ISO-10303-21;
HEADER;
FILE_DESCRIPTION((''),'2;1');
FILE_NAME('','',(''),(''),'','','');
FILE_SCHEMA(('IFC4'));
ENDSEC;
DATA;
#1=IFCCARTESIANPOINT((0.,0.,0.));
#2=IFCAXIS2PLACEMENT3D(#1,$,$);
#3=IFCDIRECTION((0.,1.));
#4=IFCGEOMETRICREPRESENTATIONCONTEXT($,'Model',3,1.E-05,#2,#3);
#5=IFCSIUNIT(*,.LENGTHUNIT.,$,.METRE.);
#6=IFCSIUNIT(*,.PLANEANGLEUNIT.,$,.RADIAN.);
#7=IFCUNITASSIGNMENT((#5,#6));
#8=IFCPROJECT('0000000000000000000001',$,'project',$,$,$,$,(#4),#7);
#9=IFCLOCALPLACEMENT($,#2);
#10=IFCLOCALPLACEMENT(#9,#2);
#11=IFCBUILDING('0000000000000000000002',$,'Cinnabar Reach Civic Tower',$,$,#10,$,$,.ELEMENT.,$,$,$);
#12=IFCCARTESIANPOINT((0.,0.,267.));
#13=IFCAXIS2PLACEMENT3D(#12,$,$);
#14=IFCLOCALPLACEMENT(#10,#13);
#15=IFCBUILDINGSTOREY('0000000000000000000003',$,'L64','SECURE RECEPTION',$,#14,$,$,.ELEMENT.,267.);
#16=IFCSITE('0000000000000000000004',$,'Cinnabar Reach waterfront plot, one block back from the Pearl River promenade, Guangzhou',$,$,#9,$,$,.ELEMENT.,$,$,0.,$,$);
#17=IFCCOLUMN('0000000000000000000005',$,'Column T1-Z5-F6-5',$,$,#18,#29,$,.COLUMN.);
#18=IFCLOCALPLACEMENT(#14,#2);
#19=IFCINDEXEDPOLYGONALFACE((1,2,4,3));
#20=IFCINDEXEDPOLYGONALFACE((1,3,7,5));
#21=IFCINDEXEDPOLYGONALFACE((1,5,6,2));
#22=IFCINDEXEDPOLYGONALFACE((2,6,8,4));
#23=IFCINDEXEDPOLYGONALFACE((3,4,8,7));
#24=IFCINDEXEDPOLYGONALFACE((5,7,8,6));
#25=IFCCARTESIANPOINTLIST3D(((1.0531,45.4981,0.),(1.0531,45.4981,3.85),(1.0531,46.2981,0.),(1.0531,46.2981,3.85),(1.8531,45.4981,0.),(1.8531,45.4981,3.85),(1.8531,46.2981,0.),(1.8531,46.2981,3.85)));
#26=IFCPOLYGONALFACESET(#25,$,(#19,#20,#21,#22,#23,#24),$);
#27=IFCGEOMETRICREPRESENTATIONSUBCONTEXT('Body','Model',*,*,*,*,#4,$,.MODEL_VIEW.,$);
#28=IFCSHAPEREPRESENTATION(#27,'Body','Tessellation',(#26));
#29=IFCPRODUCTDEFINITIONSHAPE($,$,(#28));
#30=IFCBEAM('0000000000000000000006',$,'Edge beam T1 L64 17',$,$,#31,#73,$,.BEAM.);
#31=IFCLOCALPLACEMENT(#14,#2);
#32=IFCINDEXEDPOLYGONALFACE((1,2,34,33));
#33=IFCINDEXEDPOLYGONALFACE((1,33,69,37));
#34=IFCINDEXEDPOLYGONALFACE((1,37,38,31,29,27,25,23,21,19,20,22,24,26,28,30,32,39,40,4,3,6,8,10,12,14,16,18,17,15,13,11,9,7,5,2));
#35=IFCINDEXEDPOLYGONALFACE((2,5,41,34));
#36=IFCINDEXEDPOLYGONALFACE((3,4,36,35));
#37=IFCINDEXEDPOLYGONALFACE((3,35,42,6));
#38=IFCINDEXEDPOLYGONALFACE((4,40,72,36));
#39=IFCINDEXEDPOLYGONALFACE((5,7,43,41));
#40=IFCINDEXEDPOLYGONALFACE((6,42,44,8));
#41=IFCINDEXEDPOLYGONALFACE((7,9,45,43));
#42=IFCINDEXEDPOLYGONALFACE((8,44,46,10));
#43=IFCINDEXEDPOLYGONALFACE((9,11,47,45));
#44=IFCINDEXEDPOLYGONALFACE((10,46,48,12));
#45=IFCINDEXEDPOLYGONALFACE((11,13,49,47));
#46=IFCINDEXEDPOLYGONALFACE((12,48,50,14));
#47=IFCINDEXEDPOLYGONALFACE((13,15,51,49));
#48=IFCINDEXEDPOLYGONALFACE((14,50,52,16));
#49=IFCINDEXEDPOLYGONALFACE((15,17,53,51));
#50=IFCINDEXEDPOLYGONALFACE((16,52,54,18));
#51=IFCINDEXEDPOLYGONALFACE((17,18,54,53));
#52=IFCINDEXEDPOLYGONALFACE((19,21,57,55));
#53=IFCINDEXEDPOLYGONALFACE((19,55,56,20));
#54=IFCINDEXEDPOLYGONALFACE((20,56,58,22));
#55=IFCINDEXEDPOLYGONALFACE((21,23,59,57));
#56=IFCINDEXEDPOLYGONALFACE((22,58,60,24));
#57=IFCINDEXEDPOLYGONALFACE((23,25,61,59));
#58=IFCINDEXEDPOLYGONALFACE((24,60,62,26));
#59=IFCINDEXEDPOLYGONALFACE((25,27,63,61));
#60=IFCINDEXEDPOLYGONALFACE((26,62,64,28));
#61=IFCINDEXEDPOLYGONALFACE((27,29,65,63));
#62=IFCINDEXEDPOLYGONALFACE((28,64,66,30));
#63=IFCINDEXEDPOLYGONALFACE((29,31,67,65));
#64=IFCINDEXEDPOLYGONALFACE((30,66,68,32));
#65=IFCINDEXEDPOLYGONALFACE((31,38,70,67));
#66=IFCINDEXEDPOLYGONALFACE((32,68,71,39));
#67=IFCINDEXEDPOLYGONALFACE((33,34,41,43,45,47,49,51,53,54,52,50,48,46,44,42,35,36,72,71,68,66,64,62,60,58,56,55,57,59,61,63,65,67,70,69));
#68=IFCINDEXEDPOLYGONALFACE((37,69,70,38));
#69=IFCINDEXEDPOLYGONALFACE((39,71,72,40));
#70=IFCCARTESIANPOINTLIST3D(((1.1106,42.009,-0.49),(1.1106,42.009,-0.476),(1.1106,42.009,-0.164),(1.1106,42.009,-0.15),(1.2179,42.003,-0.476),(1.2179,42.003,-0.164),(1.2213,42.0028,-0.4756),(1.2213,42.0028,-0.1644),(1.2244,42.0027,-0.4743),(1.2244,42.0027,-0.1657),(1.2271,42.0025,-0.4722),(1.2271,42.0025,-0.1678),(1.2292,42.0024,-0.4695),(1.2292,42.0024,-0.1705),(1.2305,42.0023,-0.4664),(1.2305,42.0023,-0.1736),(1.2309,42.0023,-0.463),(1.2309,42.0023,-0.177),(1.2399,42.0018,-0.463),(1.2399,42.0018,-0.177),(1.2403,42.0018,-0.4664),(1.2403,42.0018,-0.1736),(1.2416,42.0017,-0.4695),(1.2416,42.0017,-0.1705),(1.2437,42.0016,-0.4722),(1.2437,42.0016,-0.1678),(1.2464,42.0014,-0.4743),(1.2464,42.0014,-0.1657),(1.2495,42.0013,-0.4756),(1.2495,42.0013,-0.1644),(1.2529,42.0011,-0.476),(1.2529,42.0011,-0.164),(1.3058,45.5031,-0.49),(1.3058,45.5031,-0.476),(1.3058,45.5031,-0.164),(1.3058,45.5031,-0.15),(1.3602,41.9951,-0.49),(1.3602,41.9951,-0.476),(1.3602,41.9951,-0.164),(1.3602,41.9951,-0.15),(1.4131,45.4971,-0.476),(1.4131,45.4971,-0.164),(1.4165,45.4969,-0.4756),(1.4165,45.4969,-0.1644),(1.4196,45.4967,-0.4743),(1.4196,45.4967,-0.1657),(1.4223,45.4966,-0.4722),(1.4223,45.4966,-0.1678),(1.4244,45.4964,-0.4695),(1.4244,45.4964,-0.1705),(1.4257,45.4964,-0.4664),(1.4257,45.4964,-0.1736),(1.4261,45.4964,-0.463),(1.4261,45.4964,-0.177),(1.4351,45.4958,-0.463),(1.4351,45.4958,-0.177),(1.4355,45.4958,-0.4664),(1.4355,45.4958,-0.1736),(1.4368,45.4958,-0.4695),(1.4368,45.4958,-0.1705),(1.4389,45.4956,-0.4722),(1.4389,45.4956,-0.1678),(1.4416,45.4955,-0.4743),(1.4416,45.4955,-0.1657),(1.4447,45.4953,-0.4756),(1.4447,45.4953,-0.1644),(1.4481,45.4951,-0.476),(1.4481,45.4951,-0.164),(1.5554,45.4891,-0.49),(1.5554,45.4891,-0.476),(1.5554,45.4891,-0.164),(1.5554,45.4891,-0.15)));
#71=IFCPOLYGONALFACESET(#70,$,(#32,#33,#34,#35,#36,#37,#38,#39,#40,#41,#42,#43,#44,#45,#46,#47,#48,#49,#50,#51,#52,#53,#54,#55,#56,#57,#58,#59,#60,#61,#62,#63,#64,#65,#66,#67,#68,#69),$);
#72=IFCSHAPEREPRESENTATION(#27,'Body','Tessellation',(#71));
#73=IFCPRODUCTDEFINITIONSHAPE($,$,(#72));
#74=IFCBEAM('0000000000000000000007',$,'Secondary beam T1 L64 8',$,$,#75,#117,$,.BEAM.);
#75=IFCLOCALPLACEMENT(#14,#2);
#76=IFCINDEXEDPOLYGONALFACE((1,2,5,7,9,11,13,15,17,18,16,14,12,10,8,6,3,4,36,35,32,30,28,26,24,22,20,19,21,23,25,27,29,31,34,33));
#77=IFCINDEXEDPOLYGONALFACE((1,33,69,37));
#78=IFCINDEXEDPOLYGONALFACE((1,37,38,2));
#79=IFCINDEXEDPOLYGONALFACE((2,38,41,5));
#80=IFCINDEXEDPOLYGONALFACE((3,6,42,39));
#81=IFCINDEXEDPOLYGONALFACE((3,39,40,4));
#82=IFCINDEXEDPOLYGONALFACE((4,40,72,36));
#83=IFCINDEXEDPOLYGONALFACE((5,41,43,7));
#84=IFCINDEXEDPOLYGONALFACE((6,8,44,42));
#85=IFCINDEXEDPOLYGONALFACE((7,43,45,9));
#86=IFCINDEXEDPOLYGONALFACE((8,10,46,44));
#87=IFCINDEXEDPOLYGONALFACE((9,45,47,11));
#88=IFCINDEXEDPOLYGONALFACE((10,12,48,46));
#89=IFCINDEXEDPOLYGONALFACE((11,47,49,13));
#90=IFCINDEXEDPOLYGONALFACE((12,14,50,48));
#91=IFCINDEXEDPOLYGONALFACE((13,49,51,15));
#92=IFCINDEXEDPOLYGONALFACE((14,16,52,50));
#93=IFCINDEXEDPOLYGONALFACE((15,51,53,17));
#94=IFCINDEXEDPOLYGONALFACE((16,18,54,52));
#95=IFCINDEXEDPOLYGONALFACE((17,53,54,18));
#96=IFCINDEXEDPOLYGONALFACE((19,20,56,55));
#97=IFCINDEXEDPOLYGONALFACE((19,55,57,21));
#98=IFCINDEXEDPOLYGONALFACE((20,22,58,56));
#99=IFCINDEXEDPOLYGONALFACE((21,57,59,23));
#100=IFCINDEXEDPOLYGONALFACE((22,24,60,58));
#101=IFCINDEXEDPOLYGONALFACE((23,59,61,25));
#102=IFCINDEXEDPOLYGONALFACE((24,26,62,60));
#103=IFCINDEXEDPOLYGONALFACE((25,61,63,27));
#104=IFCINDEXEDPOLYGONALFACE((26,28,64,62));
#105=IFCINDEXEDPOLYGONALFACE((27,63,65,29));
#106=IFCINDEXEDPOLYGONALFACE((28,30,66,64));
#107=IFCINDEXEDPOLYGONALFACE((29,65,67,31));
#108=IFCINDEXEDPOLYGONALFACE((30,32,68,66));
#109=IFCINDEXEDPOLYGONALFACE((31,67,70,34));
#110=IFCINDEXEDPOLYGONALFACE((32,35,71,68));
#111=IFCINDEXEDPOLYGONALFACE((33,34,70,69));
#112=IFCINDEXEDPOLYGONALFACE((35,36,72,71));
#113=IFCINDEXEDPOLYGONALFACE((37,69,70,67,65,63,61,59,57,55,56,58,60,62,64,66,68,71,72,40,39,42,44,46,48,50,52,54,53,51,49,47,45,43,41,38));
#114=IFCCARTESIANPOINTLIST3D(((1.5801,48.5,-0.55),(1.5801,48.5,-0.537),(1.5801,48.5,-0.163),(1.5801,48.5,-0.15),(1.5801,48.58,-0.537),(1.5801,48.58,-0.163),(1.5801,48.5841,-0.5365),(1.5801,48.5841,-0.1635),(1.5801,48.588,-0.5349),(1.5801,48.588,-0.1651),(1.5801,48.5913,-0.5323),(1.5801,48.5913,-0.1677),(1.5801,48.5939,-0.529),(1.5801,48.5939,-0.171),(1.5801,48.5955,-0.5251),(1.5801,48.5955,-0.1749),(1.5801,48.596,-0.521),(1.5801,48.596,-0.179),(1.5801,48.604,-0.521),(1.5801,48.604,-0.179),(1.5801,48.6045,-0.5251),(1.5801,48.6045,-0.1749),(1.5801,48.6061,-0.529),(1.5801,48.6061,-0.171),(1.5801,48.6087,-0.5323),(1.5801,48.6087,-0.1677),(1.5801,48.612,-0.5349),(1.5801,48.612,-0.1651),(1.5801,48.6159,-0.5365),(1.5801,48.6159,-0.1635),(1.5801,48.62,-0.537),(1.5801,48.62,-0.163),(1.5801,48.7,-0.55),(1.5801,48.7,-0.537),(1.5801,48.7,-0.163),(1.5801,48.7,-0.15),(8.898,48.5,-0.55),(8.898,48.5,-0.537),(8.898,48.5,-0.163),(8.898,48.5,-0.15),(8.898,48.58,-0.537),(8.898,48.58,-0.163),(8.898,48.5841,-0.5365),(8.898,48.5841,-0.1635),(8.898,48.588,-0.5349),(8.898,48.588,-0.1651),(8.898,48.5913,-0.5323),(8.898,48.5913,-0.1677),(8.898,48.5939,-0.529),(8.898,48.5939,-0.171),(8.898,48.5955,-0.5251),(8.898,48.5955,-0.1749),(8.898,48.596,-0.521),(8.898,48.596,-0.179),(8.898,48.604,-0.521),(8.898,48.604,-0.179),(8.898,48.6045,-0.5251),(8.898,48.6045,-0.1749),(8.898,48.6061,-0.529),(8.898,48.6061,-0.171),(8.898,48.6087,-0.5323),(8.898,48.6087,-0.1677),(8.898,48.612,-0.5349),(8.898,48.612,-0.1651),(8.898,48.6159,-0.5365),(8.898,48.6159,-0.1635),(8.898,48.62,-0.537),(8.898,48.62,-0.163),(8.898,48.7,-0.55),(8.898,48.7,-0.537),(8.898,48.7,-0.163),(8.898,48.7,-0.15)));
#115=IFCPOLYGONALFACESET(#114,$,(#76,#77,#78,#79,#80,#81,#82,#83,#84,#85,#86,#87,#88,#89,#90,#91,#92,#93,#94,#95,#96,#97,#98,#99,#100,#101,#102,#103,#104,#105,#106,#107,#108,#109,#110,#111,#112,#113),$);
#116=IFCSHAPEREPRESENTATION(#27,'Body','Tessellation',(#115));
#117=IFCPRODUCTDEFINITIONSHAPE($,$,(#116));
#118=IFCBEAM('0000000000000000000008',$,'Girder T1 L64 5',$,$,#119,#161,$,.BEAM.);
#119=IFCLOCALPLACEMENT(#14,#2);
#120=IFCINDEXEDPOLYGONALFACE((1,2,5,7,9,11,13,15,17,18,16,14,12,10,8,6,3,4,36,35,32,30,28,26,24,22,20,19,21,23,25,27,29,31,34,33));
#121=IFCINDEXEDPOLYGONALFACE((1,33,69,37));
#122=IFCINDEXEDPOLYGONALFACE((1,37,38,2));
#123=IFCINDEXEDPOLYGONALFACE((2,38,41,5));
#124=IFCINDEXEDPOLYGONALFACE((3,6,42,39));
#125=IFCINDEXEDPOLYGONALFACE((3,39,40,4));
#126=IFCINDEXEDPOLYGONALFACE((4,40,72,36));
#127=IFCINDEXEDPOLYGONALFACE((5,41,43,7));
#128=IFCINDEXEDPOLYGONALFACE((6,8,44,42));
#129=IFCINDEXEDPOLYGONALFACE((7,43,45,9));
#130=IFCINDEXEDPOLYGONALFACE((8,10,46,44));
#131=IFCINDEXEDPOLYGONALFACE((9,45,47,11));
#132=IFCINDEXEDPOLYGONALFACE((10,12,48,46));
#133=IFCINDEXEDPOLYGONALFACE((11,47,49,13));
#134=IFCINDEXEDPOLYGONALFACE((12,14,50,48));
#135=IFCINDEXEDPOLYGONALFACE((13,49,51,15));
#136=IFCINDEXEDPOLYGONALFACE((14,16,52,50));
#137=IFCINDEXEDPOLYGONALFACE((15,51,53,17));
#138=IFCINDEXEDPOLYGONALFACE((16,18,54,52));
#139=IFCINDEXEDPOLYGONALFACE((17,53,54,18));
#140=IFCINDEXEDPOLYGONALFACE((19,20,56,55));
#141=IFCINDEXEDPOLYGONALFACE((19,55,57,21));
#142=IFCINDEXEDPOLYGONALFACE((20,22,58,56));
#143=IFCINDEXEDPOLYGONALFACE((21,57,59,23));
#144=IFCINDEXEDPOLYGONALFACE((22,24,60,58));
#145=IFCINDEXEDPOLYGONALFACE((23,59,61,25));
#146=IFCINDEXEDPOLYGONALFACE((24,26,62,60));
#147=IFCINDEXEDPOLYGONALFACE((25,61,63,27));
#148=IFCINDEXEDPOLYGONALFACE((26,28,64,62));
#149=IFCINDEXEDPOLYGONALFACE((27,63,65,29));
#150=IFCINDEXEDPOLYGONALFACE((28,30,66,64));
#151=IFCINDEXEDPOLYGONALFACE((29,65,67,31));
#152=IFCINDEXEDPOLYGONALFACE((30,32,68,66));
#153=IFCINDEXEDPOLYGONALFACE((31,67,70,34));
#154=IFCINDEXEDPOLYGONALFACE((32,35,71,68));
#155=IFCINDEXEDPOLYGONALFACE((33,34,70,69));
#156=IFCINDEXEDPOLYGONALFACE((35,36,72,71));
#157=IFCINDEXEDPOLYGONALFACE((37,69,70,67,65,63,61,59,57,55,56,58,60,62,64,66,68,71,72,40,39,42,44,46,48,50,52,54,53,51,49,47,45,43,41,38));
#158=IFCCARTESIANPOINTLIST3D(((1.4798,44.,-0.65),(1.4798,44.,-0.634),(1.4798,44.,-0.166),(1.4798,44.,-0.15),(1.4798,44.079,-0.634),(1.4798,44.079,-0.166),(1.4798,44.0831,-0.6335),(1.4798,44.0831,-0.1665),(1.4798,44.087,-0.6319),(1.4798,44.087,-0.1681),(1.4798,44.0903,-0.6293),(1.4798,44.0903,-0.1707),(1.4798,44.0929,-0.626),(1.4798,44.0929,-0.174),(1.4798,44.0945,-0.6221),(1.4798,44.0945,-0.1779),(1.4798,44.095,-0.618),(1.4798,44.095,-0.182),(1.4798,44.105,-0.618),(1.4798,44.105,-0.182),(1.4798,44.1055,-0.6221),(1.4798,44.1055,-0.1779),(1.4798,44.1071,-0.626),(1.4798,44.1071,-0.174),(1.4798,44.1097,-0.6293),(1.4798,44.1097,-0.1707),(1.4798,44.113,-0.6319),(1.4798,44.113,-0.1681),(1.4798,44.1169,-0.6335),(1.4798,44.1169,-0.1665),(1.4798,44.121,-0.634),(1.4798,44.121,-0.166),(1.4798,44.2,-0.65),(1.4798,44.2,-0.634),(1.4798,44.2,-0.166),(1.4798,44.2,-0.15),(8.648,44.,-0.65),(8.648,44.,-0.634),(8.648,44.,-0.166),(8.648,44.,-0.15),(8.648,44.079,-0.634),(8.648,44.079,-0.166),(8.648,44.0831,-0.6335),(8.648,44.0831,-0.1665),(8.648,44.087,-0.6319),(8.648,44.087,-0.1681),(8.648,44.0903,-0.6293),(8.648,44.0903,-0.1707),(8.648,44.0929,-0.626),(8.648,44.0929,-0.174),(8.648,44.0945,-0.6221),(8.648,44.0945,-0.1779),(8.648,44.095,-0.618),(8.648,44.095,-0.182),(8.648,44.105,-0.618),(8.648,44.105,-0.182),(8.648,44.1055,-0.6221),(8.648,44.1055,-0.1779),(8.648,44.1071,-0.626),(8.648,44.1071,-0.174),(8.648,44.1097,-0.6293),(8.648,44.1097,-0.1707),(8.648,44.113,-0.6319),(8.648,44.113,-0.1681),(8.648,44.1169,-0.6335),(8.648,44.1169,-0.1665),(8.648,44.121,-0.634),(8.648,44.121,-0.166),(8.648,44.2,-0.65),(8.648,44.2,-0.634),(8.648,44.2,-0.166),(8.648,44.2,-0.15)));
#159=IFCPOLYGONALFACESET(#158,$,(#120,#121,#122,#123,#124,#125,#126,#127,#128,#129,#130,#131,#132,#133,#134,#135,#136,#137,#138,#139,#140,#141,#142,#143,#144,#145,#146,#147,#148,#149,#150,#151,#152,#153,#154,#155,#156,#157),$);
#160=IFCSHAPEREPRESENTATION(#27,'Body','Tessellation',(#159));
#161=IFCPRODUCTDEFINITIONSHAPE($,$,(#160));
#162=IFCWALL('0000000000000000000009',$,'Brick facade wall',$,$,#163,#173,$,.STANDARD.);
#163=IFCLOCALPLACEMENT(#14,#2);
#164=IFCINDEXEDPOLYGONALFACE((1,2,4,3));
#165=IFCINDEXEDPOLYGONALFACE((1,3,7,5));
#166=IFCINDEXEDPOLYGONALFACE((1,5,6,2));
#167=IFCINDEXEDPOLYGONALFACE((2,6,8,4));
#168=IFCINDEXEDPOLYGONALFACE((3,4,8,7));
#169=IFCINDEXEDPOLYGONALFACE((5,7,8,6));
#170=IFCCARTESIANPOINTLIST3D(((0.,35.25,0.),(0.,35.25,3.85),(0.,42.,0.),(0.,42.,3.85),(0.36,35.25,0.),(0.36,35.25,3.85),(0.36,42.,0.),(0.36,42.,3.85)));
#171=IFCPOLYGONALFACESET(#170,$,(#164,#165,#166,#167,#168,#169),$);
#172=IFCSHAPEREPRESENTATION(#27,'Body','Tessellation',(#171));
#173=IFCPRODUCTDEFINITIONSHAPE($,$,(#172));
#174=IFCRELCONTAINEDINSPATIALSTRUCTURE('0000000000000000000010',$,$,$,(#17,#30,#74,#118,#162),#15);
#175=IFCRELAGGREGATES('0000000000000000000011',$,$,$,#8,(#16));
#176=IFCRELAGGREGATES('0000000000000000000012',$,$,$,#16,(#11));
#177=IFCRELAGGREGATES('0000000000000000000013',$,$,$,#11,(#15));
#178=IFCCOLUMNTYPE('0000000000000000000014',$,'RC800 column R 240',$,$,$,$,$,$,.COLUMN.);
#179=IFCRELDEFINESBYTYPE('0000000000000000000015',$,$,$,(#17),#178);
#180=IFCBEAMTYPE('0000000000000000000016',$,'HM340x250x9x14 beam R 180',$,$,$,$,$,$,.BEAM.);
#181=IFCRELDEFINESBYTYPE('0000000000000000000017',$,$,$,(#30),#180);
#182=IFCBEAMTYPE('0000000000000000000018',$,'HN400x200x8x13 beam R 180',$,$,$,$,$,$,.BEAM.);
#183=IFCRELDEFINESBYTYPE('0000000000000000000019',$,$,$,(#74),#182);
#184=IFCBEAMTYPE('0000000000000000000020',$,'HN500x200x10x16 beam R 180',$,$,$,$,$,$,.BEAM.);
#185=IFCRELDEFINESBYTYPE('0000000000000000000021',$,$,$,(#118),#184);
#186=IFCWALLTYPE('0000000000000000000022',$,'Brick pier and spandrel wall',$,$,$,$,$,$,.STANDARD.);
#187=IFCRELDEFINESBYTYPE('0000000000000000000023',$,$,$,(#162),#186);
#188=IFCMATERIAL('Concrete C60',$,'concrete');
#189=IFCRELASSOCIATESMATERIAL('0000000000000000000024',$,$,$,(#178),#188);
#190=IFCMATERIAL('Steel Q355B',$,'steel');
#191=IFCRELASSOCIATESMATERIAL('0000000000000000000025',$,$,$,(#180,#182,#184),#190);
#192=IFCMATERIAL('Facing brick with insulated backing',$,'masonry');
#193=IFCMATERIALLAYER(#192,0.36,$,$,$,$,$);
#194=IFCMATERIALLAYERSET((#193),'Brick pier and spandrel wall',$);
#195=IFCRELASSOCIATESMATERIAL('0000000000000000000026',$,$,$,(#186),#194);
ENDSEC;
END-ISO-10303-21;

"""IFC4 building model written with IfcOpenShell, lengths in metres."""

from ifc_helpers import new_model, si_unit, direction, frame, frame_2d, origin, origin_2d, place, context, subcontext, project, spatial, rectangle, i_section, extrude, material, layer, layer_set, material_profile, profile_set, type_object, element, save


model = new_model("IFC4")

# Units and contexts
model_context = context("Model", 3, precision=1e-05, world=origin(), true_north=direction((0.0, 1.0)))
body_context = subcontext(model_context, "Body", "Model", "MODEL_VIEW")
ifc_project = project(units=[si_unit("LENGTHUNIT", "METRE"), si_unit("PLANEANGLEUNIT", "RADIAN")], contexts=[model_context])

# Site, building, storey
site_placement = place(None, origin())
site = spatial("IfcSite", under=ifc_project, at=site_placement, Name="Cinnabar Reach waterfront plot, one block back from the Pearl River promenade, Guangzhou", CompositionType="ELEMENT", RefElevation=0.0)
building_placement = place(site_placement, origin())
building = spatial("IfcBuilding", under=site, at=building_placement, Name="Cinnabar Reach Civic Tower", CompositionType="ELEMENT")
storey_placement = place(building_placement, frame((0.0, 0.0, 267.0)))
storey = spatial("IfcBuildingStorey", under=building, at=storey_placement, Name="L64", Description="SECURE RECEPTION", CompositionType="ELEMENT", Elevation=267.0)

# Column
ifc_material_1 = material(Name="Concrete C60", Category="concrete")
ifc_material_profile_1 = material_profile(ifc_material_1, rectangle(XDim=0.8, YDim=0.8, at=origin_2d()), Name="RC800")
ifc_profile_set_1 = profile_set([ifc_material_profile_1], Name="Concrete C60")
column_type = type_object("IfcColumnType", Name="RC800 column R 240", PredefinedType="COLUMN", material=ifc_profile_set_1)
column_placement = place(storey_placement, frame((1.4531, 45.8981, 0.0), z_axis=(0.0, 0.0, 1.0), x_axis=(1.0, 0.0, 0.0)))
element("IfcColumn", 1, at=column_placement, inside=storey, type_object=column_type, Name="Column T1-Z5-F6-5", PredefinedType="COLUMN", context=body_context, shape_type="SweptSolid", body=[
    extrude(rectangle(XDim=0.8, YDim=0.8, at=origin_2d()), origin(), (0.0, 0.0, 1.0), 3.85),
])

# Beams
ifc_material_2 = material(Name="Steel Q355B", Category="steel")
ifc_material_profile_2 = material_profile(ifc_material_2, i_section(OverallWidth=0.25, OverallDepth=0.34, WebThickness=0.009, FlangeThickness=0.014, FilletRadius=0.013, at=origin_2d()), Name="HM340x250x9x14")
ifc_profile_set_2 = profile_set([ifc_material_profile_2], Name="Steel Q355B")
beam_type_1 = type_object("IfcBeamType", Name="HM340x250x9x14 beam R 180", PredefinedType="BEAM", material=ifc_profile_set_2)
beam_1_placement = place(storey_placement, frame((1.4306, 45.4961, -0.32), z_axis=(-0.055779, -0.998443, 0.0), x_axis=(0.998443, -0.055779, 0.0)))
element("IfcBeam", 2, at=beam_1_placement, inside=storey, type_object=beam_type_1, Name="Edge beam T1 L64 17", PredefinedType="BEAM", context=body_context, shape_type="SweptSolid", body=[
    extrude(i_section(OverallWidth=0.25, OverallDepth=0.34, WebThickness=0.009, FlangeThickness=0.014, FilletRadius=0.013, at=origin_2d()), origin(), (0.0, 0.0, 1.0), 3.4995),
])
ifc_material_profile_3 = material_profile(ifc_material_2, i_section(OverallWidth=0.2, OverallDepth=0.4, WebThickness=0.008, FlangeThickness=0.013, FilletRadius=0.016, at=origin_2d()), Name="HN400x200x8x13")
ifc_profile_set_3 = profile_set([ifc_material_profile_3], Name="Steel Q355B")
beam_type_2 = type_object("IfcBeamType", Name="HN400x200x8x13 beam R 180", PredefinedType="BEAM", material=ifc_profile_set_3)
beam_2_placement = place(storey_placement, frame((1.5801, 48.6, -0.35), z_axis=(1.0, 0.0, 0.0), x_axis=(0.0, 1.0, 0.0)))
element("IfcBeam", 3, at=beam_2_placement, inside=storey, type_object=beam_type_2, Name="Secondary beam T1 L64 8", PredefinedType="BEAM", context=body_context, shape_type="SweptSolid", body=[
    extrude(i_section(OverallWidth=0.2, OverallDepth=0.4, WebThickness=0.008, FlangeThickness=0.013, FilletRadius=0.016, at=origin_2d()), origin(), (0.0, 0.0, 1.0), 7.3179),
])
ifc_material_profile_4 = material_profile(ifc_material_2, i_section(OverallWidth=0.2, OverallDepth=0.5, WebThickness=0.01, FlangeThickness=0.016, FilletRadius=0.016, at=origin_2d()), Name="HN500x200x10x16")
ifc_profile_set_4 = profile_set([ifc_material_profile_4], Name="Steel Q355B")
beam_type_3 = type_object("IfcBeamType", Name="HN500x200x10x16 beam R 180", PredefinedType="BEAM", material=ifc_profile_set_4)
beam_3_placement = place(storey_placement, frame((1.4798, 44.1, -0.4), z_axis=(1.0, 0.0, 0.0), x_axis=(0.0, 1.0, 0.0)))
element("IfcBeam", 4, at=beam_3_placement, inside=storey, type_object=beam_type_3, Name="Girder T1 L64 5", PredefinedType="BEAM", context=body_context, shape_type="SweptSolid", body=[
    extrude(i_section(OverallWidth=0.2, OverallDepth=0.5, WebThickness=0.01, FlangeThickness=0.016, FilletRadius=0.016, at=origin_2d()), origin(), (0.0, 0.0, 1.0), 7.1682),
])

# Wall
ifc_material_3 = material(Name="Facing brick with insulated backing", Category="masonry")
ifc_layer_1 = layer(ifc_material_3, 0.36)
ifc_layer_set_1 = layer_set([ifc_layer_1], Name="Brick pier and spandrel wall")
wall_type_1 = type_object("IfcWallType", Name="Brick pier and spandrel wall", PredefinedType="STANDARD", material=ifc_layer_set_1)
wall_1_placement = place(storey_placement, frame((0.18, 42.0, 0.0), z_axis=(0.0, 0.0, 1.0), x_axis=(0.0, -1.0, 0.0)))
element("IfcWall", 5, at=wall_1_placement, inside=storey, type_object=wall_type_1, Name="Brick facade wall", PredefinedType="STANDARD", context=body_context, shape_type="SweptSolid", body=[
    extrude(rectangle(XDim=6.75, YDim=0.36, at=frame_2d((3.375, 0.0))), origin(), (0.0, 0.0, 1.0), 3.85),
])

save(model, "model.ifc")
